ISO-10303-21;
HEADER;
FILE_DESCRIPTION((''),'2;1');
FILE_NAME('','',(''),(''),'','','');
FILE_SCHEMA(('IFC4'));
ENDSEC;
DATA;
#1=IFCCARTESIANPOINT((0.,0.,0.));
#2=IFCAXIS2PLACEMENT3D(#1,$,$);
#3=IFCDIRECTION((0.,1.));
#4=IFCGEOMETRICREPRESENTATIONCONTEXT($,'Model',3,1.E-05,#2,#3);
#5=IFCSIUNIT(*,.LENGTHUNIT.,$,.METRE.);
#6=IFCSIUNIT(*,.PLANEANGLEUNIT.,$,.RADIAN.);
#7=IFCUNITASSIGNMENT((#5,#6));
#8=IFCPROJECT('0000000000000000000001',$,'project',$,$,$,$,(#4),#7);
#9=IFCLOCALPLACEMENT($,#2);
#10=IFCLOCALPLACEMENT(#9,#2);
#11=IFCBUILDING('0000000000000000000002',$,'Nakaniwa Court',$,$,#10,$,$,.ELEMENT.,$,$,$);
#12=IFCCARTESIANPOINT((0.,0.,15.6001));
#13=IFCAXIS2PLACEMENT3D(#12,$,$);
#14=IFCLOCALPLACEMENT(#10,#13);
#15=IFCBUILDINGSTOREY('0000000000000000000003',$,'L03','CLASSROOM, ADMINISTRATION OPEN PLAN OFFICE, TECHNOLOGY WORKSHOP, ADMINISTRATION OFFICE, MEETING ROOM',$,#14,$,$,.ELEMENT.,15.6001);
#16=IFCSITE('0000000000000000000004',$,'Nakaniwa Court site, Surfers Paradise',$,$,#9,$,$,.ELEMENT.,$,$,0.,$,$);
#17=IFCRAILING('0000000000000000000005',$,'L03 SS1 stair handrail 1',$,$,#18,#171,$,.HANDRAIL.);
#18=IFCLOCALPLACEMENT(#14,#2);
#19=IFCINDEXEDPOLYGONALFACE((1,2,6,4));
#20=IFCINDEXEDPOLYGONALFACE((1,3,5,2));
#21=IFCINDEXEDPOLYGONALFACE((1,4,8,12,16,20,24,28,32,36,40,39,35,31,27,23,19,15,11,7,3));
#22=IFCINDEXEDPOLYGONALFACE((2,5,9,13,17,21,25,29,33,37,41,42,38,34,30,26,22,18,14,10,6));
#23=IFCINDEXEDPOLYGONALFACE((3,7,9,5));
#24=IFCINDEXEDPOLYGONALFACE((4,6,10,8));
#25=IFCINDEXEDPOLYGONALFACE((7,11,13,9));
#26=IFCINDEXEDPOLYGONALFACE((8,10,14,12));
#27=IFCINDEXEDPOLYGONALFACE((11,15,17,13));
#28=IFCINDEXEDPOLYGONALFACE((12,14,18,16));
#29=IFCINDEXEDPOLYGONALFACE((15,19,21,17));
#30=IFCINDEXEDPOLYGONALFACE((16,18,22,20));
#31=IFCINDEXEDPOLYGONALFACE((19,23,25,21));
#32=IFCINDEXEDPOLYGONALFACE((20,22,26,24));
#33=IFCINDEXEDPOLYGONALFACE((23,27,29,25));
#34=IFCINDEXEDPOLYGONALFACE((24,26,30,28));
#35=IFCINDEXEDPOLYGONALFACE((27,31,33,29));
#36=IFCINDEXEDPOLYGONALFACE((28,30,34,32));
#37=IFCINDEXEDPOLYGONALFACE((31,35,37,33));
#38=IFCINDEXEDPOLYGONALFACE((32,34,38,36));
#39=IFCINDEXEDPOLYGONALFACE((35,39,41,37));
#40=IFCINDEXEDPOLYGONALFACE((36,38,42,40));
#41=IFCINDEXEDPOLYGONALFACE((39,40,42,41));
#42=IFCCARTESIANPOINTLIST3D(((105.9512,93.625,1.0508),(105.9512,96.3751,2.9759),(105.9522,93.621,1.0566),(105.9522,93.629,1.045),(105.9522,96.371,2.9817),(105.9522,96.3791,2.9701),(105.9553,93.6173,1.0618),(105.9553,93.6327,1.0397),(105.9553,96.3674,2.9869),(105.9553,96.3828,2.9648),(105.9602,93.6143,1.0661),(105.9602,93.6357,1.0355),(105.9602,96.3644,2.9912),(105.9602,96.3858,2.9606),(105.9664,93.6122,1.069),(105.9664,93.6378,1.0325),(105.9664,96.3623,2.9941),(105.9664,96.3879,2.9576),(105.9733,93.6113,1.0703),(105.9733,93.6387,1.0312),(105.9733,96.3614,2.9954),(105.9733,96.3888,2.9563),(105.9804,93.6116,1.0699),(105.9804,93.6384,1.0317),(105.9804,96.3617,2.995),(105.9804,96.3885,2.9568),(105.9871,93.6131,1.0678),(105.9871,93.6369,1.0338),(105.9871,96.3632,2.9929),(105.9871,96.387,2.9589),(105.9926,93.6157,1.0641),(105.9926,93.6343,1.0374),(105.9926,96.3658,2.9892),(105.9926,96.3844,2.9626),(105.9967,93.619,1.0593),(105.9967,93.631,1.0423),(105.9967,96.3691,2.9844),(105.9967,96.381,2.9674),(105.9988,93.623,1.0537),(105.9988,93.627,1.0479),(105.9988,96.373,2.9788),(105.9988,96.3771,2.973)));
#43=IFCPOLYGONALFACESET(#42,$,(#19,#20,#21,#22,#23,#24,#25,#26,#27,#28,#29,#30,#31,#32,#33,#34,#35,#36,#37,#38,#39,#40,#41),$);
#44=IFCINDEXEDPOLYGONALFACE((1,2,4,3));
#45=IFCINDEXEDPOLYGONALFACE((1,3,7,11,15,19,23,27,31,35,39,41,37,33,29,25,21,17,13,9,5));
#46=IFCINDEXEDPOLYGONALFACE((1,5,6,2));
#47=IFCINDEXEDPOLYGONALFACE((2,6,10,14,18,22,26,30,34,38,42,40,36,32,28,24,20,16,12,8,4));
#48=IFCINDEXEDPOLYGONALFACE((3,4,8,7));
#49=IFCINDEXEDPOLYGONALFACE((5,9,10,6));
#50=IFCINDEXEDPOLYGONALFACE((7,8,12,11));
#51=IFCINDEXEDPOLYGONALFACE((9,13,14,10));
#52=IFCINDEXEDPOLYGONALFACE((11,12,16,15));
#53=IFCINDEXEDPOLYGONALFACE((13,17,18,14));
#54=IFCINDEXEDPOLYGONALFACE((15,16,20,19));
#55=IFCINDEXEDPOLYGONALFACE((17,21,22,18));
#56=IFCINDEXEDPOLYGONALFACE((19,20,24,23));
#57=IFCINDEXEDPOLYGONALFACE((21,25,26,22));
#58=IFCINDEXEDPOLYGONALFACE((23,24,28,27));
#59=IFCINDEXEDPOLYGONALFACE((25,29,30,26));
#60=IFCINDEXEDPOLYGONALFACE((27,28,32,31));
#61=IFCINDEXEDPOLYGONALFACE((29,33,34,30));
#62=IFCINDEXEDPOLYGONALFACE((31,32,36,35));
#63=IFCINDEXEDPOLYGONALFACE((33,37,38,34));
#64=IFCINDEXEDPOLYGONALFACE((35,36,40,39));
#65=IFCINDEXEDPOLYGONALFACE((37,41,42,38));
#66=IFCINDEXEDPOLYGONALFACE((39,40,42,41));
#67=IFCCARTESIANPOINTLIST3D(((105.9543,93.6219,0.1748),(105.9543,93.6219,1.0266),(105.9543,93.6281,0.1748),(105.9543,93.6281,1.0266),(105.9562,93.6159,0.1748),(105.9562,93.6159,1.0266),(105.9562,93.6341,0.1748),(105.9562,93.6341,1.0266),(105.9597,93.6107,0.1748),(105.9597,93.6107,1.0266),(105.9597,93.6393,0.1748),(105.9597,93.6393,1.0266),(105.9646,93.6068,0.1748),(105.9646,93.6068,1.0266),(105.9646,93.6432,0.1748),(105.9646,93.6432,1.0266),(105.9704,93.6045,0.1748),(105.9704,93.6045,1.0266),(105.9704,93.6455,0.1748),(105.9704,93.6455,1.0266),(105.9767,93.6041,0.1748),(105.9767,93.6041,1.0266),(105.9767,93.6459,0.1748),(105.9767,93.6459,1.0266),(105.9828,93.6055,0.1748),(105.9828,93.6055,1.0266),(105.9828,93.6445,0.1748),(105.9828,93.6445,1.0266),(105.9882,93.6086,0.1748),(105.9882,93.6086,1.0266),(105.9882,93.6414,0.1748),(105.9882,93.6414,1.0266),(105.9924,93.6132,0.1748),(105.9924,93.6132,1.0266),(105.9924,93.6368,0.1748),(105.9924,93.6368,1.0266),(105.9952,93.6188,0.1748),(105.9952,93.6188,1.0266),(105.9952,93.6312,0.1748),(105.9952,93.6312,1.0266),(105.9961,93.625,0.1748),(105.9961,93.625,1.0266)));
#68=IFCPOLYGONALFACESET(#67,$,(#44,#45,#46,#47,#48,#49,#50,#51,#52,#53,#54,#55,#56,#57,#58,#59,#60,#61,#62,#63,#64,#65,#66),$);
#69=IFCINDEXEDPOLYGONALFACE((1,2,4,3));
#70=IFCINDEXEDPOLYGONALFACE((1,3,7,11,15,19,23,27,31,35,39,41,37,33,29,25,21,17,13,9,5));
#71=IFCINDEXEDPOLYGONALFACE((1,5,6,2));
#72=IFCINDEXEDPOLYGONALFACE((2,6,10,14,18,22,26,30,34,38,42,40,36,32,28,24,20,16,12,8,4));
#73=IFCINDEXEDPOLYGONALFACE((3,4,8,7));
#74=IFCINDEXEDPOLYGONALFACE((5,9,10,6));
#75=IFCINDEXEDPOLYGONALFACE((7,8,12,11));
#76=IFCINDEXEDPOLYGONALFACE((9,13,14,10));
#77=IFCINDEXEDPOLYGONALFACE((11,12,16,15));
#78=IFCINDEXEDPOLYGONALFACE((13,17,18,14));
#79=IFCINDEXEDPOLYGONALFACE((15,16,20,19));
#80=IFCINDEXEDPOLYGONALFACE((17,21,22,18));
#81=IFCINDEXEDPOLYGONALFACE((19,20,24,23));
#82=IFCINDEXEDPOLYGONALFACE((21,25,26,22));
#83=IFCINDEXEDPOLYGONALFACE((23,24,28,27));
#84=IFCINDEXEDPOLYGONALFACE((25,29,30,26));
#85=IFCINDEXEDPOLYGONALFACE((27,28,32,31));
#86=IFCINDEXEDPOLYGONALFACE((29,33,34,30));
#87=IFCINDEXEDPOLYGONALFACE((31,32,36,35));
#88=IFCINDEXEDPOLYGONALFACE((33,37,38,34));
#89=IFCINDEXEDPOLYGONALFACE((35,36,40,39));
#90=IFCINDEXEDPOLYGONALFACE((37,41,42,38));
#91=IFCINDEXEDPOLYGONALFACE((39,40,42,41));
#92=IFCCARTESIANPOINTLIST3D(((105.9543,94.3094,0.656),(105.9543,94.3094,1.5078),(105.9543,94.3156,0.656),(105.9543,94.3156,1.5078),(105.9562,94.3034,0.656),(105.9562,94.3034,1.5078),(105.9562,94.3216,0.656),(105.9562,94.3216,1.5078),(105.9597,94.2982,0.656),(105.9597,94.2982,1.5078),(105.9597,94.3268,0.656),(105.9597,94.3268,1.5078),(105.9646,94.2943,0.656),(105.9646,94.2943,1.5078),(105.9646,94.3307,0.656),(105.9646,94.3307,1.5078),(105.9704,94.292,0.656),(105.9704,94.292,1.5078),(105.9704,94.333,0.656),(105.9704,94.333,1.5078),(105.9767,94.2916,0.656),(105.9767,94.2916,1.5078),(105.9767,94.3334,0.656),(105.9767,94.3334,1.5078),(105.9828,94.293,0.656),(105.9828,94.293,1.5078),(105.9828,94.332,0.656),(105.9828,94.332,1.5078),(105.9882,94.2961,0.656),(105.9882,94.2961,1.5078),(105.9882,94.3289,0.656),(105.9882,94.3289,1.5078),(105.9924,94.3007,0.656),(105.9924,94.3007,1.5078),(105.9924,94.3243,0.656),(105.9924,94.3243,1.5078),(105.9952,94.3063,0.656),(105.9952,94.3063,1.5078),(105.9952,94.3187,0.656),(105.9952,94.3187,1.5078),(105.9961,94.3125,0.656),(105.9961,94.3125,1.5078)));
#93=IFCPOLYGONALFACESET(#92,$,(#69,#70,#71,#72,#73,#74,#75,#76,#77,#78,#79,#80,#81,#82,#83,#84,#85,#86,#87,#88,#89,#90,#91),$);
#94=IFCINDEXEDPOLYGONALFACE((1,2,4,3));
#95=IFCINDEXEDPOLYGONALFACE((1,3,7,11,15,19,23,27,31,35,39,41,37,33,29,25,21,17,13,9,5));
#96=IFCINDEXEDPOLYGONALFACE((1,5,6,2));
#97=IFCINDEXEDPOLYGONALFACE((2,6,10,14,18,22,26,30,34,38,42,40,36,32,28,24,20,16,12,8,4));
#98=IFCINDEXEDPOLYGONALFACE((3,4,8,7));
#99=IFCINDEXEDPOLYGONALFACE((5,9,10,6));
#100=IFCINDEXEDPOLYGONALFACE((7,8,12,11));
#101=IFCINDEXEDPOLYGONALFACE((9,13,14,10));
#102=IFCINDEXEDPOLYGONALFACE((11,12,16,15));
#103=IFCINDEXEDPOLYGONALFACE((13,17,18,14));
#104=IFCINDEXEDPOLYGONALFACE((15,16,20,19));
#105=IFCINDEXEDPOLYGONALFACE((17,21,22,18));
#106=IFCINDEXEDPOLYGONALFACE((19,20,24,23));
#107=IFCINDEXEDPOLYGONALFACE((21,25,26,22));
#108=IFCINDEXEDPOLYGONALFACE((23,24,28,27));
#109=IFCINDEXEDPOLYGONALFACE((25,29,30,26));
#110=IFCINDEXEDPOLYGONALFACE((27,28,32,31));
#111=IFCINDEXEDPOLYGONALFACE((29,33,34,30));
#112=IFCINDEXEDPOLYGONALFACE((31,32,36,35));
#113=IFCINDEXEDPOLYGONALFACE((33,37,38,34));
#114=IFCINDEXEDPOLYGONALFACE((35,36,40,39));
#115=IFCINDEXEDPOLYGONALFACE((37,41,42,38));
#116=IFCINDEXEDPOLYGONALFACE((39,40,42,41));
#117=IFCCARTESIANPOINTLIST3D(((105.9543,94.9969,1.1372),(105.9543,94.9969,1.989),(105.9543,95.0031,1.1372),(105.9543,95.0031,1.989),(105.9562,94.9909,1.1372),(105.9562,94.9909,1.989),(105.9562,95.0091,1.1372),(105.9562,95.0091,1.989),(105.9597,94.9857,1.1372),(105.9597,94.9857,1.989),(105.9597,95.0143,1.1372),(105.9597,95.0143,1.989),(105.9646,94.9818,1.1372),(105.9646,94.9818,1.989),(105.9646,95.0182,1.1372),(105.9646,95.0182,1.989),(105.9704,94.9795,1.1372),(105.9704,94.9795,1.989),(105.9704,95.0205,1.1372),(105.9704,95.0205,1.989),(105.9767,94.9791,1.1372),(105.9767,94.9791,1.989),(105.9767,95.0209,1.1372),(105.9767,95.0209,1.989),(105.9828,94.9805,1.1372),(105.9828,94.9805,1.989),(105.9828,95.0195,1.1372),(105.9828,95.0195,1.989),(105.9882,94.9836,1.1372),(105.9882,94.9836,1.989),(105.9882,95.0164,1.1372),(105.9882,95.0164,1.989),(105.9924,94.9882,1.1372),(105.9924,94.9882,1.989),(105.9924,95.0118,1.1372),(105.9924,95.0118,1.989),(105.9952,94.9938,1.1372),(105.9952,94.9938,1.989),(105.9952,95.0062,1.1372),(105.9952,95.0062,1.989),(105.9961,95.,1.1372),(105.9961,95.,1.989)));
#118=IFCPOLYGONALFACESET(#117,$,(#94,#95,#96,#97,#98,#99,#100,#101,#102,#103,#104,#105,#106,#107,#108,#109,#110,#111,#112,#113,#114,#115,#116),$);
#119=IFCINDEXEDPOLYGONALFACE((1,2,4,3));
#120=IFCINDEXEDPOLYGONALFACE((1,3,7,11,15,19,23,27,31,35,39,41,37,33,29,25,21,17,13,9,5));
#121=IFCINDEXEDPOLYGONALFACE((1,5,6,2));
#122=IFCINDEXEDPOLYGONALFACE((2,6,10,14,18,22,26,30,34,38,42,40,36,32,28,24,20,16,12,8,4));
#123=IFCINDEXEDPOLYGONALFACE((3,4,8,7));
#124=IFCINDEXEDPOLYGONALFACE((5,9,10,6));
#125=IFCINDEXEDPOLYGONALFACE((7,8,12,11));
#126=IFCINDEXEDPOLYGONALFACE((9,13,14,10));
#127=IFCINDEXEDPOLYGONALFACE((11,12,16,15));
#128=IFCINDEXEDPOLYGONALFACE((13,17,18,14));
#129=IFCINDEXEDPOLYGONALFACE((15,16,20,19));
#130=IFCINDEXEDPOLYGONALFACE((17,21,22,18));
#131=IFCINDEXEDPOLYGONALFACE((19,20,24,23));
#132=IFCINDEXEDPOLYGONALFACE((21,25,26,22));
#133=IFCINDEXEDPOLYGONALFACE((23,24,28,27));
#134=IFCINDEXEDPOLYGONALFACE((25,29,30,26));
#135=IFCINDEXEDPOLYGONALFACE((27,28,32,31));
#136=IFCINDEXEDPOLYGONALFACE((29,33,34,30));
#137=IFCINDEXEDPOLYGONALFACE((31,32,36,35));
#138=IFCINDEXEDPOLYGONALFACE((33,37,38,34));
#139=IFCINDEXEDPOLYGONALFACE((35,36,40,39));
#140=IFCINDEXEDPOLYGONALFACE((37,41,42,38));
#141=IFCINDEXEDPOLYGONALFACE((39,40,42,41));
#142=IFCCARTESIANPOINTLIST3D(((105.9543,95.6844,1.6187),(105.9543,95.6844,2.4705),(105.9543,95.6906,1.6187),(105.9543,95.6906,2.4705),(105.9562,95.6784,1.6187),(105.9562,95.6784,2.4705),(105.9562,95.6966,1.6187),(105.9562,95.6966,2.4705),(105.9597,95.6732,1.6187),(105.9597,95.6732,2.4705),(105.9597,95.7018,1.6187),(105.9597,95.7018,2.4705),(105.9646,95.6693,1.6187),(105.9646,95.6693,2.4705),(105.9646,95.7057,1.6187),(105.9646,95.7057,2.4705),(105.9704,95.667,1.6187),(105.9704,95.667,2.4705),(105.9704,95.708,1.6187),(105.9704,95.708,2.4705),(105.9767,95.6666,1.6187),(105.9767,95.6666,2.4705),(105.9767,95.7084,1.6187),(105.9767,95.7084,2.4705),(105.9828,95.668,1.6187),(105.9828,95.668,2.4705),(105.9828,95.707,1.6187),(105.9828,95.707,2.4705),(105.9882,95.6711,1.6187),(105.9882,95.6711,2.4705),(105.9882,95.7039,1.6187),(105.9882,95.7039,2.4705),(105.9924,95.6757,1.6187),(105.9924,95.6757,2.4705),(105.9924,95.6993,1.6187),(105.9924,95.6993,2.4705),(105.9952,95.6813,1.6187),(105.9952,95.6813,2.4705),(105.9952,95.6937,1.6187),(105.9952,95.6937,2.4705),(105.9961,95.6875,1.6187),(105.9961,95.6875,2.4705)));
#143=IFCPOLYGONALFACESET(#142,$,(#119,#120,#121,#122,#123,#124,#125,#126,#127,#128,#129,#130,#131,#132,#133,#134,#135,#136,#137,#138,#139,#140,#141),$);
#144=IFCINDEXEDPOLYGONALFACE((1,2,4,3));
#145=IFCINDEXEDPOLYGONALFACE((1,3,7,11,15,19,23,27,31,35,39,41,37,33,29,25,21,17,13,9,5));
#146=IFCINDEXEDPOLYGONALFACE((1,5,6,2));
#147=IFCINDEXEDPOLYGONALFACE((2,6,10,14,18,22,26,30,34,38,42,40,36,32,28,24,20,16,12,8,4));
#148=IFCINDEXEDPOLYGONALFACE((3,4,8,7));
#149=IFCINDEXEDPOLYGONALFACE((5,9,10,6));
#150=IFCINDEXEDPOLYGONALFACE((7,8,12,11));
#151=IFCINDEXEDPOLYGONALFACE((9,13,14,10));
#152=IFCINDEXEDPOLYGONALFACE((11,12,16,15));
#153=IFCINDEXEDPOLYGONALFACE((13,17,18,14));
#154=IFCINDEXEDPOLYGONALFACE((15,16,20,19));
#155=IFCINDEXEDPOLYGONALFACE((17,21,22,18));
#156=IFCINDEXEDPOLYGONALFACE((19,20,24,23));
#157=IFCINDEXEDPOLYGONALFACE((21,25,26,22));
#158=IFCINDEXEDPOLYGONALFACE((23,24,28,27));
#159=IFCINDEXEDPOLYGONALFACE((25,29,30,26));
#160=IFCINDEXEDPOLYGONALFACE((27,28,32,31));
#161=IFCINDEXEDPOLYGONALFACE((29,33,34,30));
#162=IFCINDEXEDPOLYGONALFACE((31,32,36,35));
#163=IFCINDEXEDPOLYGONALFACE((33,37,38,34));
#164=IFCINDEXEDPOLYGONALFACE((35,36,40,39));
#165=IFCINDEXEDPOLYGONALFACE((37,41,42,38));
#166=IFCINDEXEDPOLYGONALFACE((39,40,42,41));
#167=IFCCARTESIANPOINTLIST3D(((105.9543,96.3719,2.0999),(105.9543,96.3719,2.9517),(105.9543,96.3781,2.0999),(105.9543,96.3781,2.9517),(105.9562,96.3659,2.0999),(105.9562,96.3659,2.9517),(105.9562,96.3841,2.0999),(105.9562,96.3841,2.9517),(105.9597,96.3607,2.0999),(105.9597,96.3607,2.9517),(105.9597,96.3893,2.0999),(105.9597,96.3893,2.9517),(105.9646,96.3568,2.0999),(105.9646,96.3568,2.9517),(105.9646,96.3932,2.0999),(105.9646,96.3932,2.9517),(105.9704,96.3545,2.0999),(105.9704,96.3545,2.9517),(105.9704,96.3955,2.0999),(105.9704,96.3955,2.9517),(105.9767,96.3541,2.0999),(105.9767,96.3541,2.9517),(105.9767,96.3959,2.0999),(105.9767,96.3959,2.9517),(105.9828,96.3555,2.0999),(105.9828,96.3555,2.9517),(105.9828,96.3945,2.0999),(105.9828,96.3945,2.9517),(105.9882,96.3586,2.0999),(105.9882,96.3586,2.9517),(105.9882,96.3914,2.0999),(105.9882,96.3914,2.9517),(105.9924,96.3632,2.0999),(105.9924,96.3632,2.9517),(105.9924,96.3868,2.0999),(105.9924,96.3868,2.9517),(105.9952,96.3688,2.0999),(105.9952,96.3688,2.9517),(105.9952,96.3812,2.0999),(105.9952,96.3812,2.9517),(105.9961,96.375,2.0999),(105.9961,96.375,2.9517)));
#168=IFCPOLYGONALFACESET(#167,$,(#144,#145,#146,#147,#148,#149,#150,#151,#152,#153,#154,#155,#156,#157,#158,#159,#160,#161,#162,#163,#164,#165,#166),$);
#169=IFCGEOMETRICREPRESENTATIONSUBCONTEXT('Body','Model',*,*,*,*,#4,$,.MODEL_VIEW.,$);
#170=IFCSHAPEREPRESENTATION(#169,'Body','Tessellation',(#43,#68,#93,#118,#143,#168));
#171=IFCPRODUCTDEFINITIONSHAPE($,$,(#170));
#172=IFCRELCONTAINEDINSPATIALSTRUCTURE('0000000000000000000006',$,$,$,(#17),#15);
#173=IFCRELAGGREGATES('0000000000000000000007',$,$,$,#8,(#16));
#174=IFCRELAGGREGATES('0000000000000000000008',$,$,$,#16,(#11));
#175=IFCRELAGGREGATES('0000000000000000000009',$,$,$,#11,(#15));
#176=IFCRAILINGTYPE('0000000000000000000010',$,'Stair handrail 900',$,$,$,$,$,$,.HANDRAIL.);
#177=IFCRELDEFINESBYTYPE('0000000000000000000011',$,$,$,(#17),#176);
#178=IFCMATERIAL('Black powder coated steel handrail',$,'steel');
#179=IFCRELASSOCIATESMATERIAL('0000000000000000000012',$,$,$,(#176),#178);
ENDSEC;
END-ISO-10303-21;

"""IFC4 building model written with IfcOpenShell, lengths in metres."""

from ifc_helpers import new_model, si_unit, direction, frame, origin, origin_2d, place, context, subcontext, project, spatial, circle, extrude, material, type_object, element, save


model = new_model("IFC4")

# Units and contexts
model_context = context("Model", 3, precision=1e-05, world=origin(), true_north=direction((0.0, 1.0)))
body_context = subcontext(model_context, "Body", "Model", "MODEL_VIEW")
ifc_project = project(units=[si_unit("LENGTHUNIT", "METRE"), si_unit("PLANEANGLEUNIT", "RADIAN")], contexts=[model_context])

# Site, building, storey
site_placement = place(None, origin())
site = spatial("IfcSite", under=ifc_project, at=site_placement, Name="Nakaniwa Court site, Surfers Paradise", CompositionType="ELEMENT", RefElevation=0.0)
building_placement = place(site_placement, origin())
building = spatial("IfcBuilding", under=site, at=building_placement, Name="Nakaniwa Court", CompositionType="ELEMENT")
storey_placement = place(building_placement, frame((0.0, 0.0, 15.6001)))
storey = spatial("IfcBuildingStorey", under=building, at=storey_placement, Name="L03", Description="CLASSROOM, ADMINISTRATION OPEN PLAN OFFICE, TECHNOLOGY WORKSHOP, ADMINISTRATION OFFICE, MEETING ROOM", CompositionType="ELEMENT", Elevation=15.6001)

# Railing
ifc_material_1 = material(Name="Black powder coated steel handrail", Category="steel")
railing_type_1 = type_object("IfcRailingType", Name="Stair handrail 900", PredefinedType="HANDRAIL", material=ifc_material_1)
railing_1_placement = place(storey_placement, frame((105.9751, 93.625, 0.1748)))
element("IfcRailing", 1, at=railing_1_placement, inside=storey, type_object=railing_type_1, Name="L03 SS1 stair handrail 1", PredefinedType="HANDRAIL", context=body_context, shape_type="SweptSolid", body=[
    extrude(circle(Radius=0.0239, at=origin_2d()), frame((0.0, 0.0, 0.876), z_axis=(0.0, 0.819225, 0.573472), x_axis=(-1.0, 0.0, 0.0)), (0.0, 0.0, 1.0), 3.3569),
    extrude(circle(Radius=0.021, at=origin_2d()), origin(), (0.0, 0.0, 1.0), 0.8518),
    extrude(circle(Radius=0.021, at=origin_2d()), frame((0.0, 0.6875, 0.4812)), (0.0, 0.0, 1.0), 0.8518),
    extrude(circle(Radius=0.021, at=origin_2d()), frame((0.0, 1.375, 0.9624)), (0.0, 0.0, 1.0), 0.8518),
    extrude(circle(Radius=0.021, at=origin_2d()), frame((0.0, 2.0625, 1.4438)), (0.0, 0.0, 1.0), 0.8518),
    extrude(circle(Radius=0.021, at=origin_2d()), frame((0.0, 2.75, 1.925)), (0.0, 0.0, 1.0), 0.8518),
])

save(model, "model.ifc")
